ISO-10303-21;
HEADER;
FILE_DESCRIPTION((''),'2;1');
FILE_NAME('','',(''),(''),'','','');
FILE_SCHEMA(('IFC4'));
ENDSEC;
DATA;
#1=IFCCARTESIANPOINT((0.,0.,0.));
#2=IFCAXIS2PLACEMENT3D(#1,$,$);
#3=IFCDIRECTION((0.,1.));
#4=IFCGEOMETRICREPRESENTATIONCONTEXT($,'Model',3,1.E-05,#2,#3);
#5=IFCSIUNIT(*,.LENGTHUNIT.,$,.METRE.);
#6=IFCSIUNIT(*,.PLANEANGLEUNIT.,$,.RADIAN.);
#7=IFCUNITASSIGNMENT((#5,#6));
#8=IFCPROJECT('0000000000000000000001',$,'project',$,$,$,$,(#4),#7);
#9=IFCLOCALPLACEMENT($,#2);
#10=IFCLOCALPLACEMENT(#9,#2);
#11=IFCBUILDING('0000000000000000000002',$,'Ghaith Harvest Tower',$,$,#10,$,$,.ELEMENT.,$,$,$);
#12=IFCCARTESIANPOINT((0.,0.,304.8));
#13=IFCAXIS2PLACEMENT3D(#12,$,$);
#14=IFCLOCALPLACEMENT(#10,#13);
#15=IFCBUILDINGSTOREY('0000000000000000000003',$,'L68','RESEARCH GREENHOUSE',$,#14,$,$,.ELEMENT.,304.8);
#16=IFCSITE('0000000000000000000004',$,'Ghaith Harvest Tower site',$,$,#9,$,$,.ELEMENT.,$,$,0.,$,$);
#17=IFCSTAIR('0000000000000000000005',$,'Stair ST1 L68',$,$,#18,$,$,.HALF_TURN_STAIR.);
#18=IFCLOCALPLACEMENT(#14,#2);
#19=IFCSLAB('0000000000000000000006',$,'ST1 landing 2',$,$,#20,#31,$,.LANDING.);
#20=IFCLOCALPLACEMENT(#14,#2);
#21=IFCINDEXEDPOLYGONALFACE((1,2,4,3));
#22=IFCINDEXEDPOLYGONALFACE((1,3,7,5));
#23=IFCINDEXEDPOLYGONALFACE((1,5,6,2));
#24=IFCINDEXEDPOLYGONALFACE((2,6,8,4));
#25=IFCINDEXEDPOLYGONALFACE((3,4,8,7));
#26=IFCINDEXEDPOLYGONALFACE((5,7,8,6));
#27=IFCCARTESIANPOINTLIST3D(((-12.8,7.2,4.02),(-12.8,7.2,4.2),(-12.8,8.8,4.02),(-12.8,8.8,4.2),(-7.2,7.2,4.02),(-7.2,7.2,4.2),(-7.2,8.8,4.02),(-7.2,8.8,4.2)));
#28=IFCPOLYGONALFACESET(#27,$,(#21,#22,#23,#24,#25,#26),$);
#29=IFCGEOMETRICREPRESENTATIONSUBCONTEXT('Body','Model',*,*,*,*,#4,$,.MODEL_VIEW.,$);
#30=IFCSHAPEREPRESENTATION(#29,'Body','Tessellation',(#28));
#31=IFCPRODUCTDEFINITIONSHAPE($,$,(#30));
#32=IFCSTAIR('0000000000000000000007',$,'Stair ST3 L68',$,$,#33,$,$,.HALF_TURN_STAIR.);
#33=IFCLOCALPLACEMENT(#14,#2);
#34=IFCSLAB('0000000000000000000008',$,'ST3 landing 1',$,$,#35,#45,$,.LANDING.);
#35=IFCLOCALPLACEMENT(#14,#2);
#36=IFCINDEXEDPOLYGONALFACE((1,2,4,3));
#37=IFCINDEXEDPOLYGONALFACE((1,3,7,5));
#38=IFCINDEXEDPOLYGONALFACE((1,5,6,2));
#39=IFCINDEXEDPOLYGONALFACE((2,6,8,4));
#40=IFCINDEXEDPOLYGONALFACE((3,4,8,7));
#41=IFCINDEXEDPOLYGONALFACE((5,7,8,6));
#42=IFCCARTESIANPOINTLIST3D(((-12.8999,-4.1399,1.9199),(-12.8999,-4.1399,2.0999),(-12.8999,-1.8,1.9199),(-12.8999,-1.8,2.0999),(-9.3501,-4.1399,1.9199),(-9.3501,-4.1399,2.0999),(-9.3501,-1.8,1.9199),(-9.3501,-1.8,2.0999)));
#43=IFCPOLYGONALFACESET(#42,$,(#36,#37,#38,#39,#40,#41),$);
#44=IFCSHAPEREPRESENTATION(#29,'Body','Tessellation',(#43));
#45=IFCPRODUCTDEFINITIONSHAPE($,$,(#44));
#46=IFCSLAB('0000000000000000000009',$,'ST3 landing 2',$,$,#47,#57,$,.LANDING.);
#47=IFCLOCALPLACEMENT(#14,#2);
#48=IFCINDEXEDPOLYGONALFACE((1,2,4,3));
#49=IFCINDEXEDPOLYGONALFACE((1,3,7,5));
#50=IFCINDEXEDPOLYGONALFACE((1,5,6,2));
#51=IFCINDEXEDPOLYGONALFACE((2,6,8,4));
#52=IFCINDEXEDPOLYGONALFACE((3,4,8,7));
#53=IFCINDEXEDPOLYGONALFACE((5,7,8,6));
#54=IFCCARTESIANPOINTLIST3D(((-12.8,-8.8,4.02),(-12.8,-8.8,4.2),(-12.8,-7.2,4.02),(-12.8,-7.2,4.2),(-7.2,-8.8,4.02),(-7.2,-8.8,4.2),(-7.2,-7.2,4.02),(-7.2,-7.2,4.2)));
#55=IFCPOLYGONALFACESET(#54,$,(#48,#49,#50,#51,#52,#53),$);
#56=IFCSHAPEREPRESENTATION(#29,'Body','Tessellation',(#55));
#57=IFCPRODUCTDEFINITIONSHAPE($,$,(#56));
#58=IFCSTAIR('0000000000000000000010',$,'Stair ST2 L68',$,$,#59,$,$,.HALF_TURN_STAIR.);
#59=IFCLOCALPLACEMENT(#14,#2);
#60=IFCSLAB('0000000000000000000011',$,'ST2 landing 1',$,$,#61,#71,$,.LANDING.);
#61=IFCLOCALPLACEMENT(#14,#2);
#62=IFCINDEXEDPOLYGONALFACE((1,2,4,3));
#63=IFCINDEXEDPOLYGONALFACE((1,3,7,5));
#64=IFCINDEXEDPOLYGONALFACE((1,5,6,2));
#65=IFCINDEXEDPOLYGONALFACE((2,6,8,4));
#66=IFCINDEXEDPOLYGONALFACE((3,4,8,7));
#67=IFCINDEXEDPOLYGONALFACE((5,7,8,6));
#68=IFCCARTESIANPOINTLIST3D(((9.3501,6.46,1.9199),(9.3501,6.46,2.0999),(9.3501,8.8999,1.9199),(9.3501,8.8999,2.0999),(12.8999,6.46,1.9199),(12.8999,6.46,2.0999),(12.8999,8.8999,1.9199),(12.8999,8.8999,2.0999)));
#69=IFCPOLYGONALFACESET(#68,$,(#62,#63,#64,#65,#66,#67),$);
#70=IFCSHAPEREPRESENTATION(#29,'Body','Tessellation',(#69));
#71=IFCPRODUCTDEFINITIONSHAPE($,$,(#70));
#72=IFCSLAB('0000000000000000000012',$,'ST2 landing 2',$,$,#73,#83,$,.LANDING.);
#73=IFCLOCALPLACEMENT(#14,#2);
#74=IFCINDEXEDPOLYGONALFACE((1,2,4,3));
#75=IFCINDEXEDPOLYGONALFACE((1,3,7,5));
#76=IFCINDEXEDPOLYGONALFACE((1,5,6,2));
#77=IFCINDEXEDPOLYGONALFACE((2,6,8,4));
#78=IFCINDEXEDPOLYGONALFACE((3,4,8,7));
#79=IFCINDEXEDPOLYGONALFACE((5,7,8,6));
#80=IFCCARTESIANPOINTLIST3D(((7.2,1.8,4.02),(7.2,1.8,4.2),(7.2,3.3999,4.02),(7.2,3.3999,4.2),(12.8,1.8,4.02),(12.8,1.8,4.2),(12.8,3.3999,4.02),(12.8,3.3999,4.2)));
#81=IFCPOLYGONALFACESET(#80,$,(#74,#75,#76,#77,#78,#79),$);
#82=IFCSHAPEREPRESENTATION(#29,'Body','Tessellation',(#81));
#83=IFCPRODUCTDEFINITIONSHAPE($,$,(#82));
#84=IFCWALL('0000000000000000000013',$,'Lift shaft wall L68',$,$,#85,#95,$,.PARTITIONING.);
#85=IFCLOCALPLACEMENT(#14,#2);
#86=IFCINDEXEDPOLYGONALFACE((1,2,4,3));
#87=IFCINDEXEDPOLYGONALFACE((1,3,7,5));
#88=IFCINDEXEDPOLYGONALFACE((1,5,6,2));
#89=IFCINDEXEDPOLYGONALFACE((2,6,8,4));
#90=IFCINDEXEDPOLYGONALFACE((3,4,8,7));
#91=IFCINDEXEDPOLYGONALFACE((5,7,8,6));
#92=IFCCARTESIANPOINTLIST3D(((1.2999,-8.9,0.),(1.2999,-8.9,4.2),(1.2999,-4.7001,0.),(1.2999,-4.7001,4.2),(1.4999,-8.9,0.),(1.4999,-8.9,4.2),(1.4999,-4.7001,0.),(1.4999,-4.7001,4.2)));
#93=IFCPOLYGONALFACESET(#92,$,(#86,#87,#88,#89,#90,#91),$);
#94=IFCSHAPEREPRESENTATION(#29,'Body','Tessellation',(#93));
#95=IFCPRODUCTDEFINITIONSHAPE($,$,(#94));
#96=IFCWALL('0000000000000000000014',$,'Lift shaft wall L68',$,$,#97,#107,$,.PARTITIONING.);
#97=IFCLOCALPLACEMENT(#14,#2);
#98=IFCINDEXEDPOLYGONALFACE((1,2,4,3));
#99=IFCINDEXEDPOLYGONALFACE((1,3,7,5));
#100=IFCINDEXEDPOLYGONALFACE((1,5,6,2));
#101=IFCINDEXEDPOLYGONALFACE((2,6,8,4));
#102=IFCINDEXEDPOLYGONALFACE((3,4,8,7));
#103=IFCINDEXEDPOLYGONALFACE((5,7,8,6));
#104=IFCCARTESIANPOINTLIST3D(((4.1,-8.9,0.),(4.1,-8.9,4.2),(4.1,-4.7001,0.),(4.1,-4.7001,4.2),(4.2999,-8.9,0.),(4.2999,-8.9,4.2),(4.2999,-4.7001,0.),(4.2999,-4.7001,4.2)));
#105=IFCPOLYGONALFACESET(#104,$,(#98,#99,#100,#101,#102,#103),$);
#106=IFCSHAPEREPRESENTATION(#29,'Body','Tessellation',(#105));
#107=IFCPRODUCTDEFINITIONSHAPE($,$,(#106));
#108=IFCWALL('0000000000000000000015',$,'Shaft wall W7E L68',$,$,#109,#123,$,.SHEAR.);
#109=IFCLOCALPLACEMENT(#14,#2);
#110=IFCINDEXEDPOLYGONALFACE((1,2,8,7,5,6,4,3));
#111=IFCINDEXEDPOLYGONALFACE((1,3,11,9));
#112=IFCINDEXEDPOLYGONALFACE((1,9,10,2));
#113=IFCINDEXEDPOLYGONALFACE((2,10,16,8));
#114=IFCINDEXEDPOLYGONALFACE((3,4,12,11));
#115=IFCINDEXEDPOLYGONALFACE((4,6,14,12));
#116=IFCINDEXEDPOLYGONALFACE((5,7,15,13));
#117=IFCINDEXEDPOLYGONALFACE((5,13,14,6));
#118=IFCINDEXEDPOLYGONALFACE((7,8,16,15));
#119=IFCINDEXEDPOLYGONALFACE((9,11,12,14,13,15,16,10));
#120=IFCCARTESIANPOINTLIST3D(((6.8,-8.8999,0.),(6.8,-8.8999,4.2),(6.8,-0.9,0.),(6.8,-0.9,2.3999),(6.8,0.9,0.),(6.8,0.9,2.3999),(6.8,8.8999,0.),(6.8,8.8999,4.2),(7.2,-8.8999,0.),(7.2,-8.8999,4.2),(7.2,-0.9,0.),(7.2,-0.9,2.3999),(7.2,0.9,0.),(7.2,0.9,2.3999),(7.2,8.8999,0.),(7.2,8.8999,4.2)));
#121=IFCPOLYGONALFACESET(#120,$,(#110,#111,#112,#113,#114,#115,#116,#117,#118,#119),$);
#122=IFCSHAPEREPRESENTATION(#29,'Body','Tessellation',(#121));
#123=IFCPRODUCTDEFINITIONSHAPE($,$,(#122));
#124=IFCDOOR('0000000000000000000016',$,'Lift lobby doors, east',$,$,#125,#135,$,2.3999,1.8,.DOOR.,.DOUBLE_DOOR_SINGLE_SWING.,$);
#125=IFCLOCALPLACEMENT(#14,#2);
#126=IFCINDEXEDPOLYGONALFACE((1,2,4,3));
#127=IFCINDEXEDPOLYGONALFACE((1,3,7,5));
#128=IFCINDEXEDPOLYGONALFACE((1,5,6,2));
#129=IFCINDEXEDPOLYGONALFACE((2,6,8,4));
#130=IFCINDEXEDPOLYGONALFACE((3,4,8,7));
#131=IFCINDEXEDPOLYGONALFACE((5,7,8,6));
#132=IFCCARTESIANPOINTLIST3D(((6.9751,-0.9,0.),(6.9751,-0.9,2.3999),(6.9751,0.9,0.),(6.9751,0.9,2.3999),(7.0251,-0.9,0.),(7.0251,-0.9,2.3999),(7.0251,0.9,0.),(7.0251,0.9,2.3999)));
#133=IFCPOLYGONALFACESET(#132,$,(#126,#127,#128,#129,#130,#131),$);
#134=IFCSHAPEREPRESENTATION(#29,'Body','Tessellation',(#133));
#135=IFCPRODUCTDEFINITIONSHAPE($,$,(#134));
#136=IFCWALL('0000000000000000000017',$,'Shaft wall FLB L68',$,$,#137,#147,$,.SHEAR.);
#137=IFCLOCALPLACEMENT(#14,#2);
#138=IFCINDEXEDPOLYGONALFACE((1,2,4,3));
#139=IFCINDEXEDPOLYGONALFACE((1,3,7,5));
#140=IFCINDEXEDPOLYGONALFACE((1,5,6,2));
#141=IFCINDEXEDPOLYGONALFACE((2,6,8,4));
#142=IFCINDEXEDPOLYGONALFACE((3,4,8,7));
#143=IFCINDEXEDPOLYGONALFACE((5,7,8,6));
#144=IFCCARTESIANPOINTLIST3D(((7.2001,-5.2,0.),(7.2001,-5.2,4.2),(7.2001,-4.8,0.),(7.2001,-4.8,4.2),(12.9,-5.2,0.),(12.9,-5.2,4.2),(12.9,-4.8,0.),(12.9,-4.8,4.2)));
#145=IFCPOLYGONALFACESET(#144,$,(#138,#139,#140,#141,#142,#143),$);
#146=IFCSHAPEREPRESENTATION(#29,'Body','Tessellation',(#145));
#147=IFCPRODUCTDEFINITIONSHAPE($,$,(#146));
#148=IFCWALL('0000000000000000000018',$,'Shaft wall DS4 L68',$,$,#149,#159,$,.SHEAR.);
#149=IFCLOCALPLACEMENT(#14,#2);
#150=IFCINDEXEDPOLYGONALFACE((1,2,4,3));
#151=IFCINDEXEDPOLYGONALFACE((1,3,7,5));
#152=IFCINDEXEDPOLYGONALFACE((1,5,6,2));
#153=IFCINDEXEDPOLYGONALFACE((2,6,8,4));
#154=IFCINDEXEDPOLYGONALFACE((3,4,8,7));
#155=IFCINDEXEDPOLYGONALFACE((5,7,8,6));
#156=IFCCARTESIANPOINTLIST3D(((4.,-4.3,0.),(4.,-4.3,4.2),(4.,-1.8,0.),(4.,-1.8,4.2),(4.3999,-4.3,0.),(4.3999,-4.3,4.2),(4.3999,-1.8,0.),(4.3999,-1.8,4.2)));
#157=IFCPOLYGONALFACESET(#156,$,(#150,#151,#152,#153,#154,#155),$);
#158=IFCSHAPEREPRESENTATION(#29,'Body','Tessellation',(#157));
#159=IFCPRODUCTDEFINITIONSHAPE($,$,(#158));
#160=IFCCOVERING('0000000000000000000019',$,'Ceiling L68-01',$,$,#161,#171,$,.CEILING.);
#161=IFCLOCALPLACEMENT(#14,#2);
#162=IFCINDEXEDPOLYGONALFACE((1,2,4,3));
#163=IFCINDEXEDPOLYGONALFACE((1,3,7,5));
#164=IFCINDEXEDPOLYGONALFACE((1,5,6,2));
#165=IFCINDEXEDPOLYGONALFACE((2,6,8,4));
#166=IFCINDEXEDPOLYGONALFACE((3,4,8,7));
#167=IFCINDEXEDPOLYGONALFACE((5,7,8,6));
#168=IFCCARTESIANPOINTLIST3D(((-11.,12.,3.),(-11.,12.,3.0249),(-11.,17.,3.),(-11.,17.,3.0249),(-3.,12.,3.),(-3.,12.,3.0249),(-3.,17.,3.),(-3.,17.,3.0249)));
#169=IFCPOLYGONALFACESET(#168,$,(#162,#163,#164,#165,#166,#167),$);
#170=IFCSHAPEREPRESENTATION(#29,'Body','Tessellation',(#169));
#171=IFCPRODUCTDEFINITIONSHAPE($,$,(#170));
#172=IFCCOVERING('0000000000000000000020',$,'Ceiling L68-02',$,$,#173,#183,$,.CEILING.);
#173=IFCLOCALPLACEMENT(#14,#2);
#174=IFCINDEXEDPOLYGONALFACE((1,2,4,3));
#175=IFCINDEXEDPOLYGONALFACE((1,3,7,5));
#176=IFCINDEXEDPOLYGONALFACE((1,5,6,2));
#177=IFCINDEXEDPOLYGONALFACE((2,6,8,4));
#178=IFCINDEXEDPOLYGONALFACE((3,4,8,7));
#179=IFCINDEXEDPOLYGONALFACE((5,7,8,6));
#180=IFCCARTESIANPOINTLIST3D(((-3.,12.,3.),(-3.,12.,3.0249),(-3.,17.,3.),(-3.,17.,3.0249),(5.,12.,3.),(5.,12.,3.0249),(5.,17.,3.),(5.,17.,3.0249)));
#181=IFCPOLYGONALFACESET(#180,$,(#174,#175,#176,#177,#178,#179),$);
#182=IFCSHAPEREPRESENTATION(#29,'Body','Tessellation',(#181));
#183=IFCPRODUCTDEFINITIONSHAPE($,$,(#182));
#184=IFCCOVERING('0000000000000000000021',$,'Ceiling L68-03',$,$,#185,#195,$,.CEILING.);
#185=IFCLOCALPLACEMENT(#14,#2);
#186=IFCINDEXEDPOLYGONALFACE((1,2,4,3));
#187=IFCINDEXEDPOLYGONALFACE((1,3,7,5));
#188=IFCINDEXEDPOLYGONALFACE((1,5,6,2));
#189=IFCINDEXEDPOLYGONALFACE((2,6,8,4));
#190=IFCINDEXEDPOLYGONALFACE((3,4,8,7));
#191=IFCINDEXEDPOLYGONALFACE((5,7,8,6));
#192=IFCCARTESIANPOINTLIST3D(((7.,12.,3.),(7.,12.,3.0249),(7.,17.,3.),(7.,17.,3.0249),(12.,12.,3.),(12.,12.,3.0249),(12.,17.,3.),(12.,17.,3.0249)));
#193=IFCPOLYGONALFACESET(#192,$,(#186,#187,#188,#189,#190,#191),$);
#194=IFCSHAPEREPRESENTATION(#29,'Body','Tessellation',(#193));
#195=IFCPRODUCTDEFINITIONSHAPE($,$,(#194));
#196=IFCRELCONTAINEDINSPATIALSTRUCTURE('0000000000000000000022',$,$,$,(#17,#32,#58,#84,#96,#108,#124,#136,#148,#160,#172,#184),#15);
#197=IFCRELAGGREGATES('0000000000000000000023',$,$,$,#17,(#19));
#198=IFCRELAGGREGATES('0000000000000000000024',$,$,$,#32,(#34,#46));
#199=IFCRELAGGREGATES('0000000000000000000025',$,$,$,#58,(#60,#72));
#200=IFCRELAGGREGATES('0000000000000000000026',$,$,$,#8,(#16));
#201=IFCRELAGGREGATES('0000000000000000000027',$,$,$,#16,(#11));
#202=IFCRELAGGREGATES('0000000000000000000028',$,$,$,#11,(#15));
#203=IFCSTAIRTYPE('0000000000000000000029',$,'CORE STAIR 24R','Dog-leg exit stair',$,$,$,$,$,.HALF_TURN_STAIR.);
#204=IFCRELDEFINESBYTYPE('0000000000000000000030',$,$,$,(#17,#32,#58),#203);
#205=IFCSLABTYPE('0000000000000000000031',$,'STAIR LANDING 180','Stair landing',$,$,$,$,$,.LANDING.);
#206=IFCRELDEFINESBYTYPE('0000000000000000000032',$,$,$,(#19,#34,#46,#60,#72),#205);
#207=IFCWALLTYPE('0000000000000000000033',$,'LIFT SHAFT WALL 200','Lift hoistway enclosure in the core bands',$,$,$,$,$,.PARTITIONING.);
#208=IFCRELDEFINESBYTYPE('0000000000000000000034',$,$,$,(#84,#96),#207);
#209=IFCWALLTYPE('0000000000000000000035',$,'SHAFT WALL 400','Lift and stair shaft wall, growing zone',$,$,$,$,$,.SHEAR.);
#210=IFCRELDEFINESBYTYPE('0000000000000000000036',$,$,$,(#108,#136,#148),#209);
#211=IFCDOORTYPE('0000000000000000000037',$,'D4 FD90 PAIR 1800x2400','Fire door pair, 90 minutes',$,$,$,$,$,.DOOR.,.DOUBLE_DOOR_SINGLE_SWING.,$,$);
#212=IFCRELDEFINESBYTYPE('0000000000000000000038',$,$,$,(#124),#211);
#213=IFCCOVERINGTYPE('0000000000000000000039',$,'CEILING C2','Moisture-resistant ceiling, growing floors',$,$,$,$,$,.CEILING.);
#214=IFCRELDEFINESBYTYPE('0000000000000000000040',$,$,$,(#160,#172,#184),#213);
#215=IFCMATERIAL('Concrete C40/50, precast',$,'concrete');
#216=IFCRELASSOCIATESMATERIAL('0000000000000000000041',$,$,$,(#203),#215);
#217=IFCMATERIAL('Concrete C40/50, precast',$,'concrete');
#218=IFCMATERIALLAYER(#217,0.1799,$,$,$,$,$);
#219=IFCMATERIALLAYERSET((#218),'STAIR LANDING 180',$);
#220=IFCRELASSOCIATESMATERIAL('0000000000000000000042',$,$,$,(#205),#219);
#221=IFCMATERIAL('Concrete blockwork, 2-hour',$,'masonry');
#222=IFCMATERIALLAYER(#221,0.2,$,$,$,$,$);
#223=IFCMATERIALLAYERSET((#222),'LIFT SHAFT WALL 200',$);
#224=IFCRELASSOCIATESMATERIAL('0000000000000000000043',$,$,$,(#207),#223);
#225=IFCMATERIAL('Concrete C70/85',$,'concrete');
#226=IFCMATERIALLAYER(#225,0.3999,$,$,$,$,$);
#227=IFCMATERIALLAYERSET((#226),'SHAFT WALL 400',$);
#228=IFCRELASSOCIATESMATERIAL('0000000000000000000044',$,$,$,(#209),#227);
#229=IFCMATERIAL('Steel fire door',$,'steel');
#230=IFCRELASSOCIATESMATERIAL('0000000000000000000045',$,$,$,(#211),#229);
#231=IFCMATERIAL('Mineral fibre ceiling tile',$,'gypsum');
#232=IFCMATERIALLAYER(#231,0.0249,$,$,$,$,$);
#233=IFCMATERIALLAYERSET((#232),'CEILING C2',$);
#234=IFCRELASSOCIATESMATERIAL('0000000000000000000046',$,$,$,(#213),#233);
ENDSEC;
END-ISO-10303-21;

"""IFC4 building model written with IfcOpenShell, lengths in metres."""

from ifc_helpers import new_model, si_unit, direction, frame, frame_2d, origin, place, context, subcontext, project, spatial, polyline, rectangle, outline, extrude, material, layer, layer_set, type_object, element, fill, aggregate, save


model = new_model("IFC4")

# Units and contexts
model_context = context("Model", 3, precision=1e-05, world=origin(), true_north=direction((0.0, 1.0)))
body_context = subcontext(model_context, "Body", "Model", "MODEL_VIEW")
ifc_project = project(units=[si_unit("LENGTHUNIT", "METRE"), si_unit("PLANEANGLEUNIT", "RADIAN")], contexts=[model_context])

# Site, building, storey
site_placement = place(None, origin())
site = spatial("IfcSite", under=ifc_project, at=site_placement, Name="Ghaith Harvest Tower site", CompositionType="ELEMENT", RefElevation=0.0)
building_placement = place(site_placement, origin())
building = spatial("IfcBuilding", under=site, at=building_placement, Name="Ghaith Harvest Tower", CompositionType="ELEMENT")
storey_placement = place(building_placement, frame((0.0, 0.0, 304.8)))
storey = spatial("IfcBuildingStorey", under=building, at=storey_placement, Name="L68", Description="RESEARCH GREENHOUSE", CompositionType="ELEMENT", Elevation=304.8)

# Stair, slab
ifc_material_1 = material(Name="Concrete C40/50, precast", Category="concrete")
stair_type = type_object("IfcStairType", Name="CORE STAIR 24R", Description="Dog-leg exit stair", PredefinedType="HALF_TURN_STAIR", material=ifc_material_1)
stair_1_placement = place(storey_placement, origin())
stair_1 = element("IfcStair", 1, at=stair_1_placement, inside=storey, type_object=stair_type, Name="Stair ST1 L68", PredefinedType="HALF_TURN_STAIR")
ifc_material_2 = material(Name="Concrete C40/50, precast", Category="concrete")
ifc_layer_1 = layer(ifc_material_2, 0.1799)
ifc_layer_set_1 = layer_set([ifc_layer_1], Name="STAIR LANDING 180")
slab_type = type_object("IfcSlabType", Name="STAIR LANDING 180", Description="Stair landing", PredefinedType="LANDING", material=ifc_layer_set_1)
slab_1_placement = place(storey_placement, frame((0.0, 0.0, 4.02)))
slab_1 = element("IfcSlab", 2, at=slab_1_placement, type_object=slab_type, Name="ST1 landing 2", PredefinedType="LANDING", context=body_context, shape_type="SweptSolid", body=[
    extrude(outline(polyline([(-12.8, 8.8), (-12.8, 7.2), (-7.2, 7.2), (-7.2, 8.8), (-12.8, 8.8)])), origin(), (0.0, 0.0, 1.0), 0.1799),
])
aggregate(stair_1, [slab_1])

# Stairs, slabs
stair_2_placement = place(storey_placement, origin())
stair_2 = element("IfcStair", 3, at=stair_2_placement, inside=storey, type_object=stair_type, Name="Stair ST3 L68", PredefinedType="HALF_TURN_STAIR")
slab_2_placement = place(storey_placement, frame((0.0, 0.0, 1.9199)))
slab_2 = element("IfcSlab", 4, at=slab_2_placement, type_object=slab_type, Name="ST3 landing 1", PredefinedType="LANDING", context=body_context, shape_type="SweptSolid", body=[
    extrude(outline(polyline([(-12.8999, -4.1399), (-12.8999, -1.8), (-9.3501, -1.8), (-9.3501, -4.1399), (-12.8999, -4.1399)])), origin(), (0.0, 0.0, 1.0), 0.1799),
])
slab_3_placement = place(storey_placement, frame((0.0, 0.0, 4.02)))
slab_3 = element("IfcSlab", 5, at=slab_3_placement, type_object=slab_type, Name="ST3 landing 2", PredefinedType="LANDING", context=body_context, shape_type="SweptSolid", body=[
    extrude(outline(polyline([(-12.8, -8.8), (-12.8, -7.2), (-7.2, -7.2), (-7.2, -8.8), (-12.8, -8.8)])), origin(), (0.0, 0.0, 1.0), 0.1799),
])
aggregate(stair_2, [slab_2, slab_3])
stair_3_placement = place(storey_placement, origin())
stair_3 = element("IfcStair", 6, at=stair_3_placement, inside=storey, type_object=stair_type, Name="Stair ST2 L68", PredefinedType="HALF_TURN_STAIR")
slab_4_placement = place(storey_placement, frame((0.0, 0.0, 1.9199)))
slab_4 = element("IfcSlab", 7, at=slab_4_placement, type_object=slab_type, Name="ST2 landing 1", PredefinedType="LANDING", context=body_context, shape_type="SweptSolid", body=[
    extrude(outline(polyline([(12.8999, 6.46), (12.8999, 8.8999), (9.3501, 8.8999), (9.3501, 6.46), (12.8999, 6.46)])), origin(), (0.0, 0.0, 1.0), 0.1799),
])
slab_5_placement = place(storey_placement, frame((0.0, 0.0, 4.02)))
slab_5 = element("IfcSlab", 8, at=slab_5_placement, type_object=slab_type, Name="ST2 landing 2", PredefinedType="LANDING", context=body_context, shape_type="SweptSolid", body=[
    extrude(outline(polyline([(12.8, 1.8), (12.8, 3.3999), (7.2, 3.3999), (7.2, 1.8), (12.8, 1.8)])), origin(), (0.0, 0.0, 1.0), 0.1799),
])
aggregate(stair_3, [slab_4, slab_5])

# Walls
ifc_material_3 = material(Name="Concrete blockwork, 2-hour", Category="masonry")
ifc_layer_2 = layer(ifc_material_3, 0.2)
ifc_layer_set_2 = layer_set([ifc_layer_2], Name="LIFT SHAFT WALL 200")
wall_type_1 = type_object("IfcWallType", Name="LIFT SHAFT WALL 200", Description="Lift hoistway enclosure in the core bands", PredefinedType="PARTITIONING", material=ifc_layer_set_2)
for number, where, z_axis, x_axis, name in (
    (9, (1.3999, -4.7, 0.0), (0.0, 0.0, 1.0), (0.0, -1.0, 0.0), "Lift shaft wall L68"),
    (10, (4.2, -4.7, 0.0), (0.0, 0.0, 1.0), (0.0, -1.0, 0.0), "Lift shaft wall L68"),
):
    element("IfcWall", number, at=place(storey_placement, frame(where, z_axis=z_axis, x_axis=x_axis)), inside=storey, type_object=wall_type_1, Name=name, PredefinedType="PARTITIONING", context=body_context, shape_type="SweptSolid", body=[
        extrude(rectangle(XDim=4.2, YDim=0.2, at=frame_2d((2.1001, 0.0))), origin(), (0.0, 0.0, 1.0), 4.2),
    ])

# Wall, opening, door
ifc_material_4 = material(Name="Concrete C70/85", Category="concrete")
ifc_layer_3 = layer(ifc_material_4, 0.3999)
ifc_layer_set_3 = layer_set([ifc_layer_3], Name="SHAFT WALL 400")
wall_type_2 = type_object("IfcWallType", Name="SHAFT WALL 400", Description="Lift and stair shaft wall, growing zone", PredefinedType="SHEAR", material=ifc_layer_set_3)
wall_1_placement = place(storey_placement, frame((7.0, -8.8999, 0.0), z_axis=(0.0, 0.0, 1.0), x_axis=(0.0, 1.0, 0.0)))
wall_1 = element("IfcWall", 11, at=wall_1_placement, inside=storey, type_object=wall_type_2, Name="Shaft wall W7E L68", PredefinedType="SHEAR", context=body_context, shape_type="SweptSolid", body=[
    extrude(rectangle(XDim=17.7998, YDim=0.3999, at=frame_2d((8.8999, 0.0))), origin(), (0.0, 0.0, 1.0), 4.2),
])
opening_1_placement = place(wall_1_placement, frame((8.0, 0.0, 0.0)))
opening_1 = element("IfcOpeningElement", 12, at=opening_1_placement, cuts=wall_1, PredefinedType="OPENING", context=body_context, shape_type="SweptSolid", body=[
    extrude(rectangle(XDim=1.8, YDim=2.3999, at=frame_2d((0.8999, 1.2))), frame((0.0, 0.21, 0.0), z_axis=(0.0, -1.0, 0.0), x_axis=(1.0, 0.0, 0.0)), (0.0, 0.0, 1.0), 0.4199),
])
ifc_material_5 = material(Name="Steel fire door", Category="steel")
door_type_1 = type_object("IfcDoorType", Name="D4 FD90 PAIR 1800x2400", Description="Fire door pair, 90 minutes", OperationType="DOUBLE_DOOR_SINGLE_SWING", PredefinedType="DOOR", material=ifc_material_5)
door_1_placement = place(opening_1_placement, origin())
door_1 = element("IfcDoor", 13, at=door_1_placement, inside=storey, type_object=door_type_1, Name="Lift lobby doors, east", OperationType="DOUBLE_DOOR_SINGLE_SWING", OverallHeight=2.3999, OverallWidth=1.8, PredefinedType="DOOR", context=body_context, shape_type="SweptSolid", body=[
    extrude(rectangle(XDim=1.8, YDim=2.3999, at=frame_2d((0.8999, 1.2))), frame((0.0, 0.0249, 0.0), z_axis=(0.0, -1.0, 0.0), x_axis=(1.0, 0.0, 0.0)), (0.0, 0.0, 1.0), 0.05),
])
fill(opening_1, door_1)

# Walls
wall_2_placement = place(storey_placement, frame((7.2, -5.0, 0.0), z_axis=(0.0, 0.0, 1.0), x_axis=(1.0, 0.0, 0.0)))
element("IfcWall", 14, at=wall_2_placement, inside=storey, type_object=wall_type_2, Name="Shaft wall FLB L68", PredefinedType="SHEAR", context=body_context, shape_type="SweptSolid", body=[
    extrude(rectangle(XDim=5.7, YDim=0.3999, at=frame_2d((2.8501, 0.0))), origin(), (0.0, 0.0, 1.0), 4.2),
])
wall_3_placement = place(storey_placement, frame((4.2, -4.3, 0.0), z_axis=(0.0, 0.0, 1.0), x_axis=(0.0, 1.0, 0.0)))
element("IfcWall", 15, at=wall_3_placement, inside=storey, type_object=wall_type_2, Name="Shaft wall DS4 L68", PredefinedType="SHEAR", context=body_context, shape_type="SweptSolid", body=[
    extrude(rectangle(XDim=2.5, YDim=0.3999, at=frame_2d((1.25, 0.0))), origin(), (0.0, 0.0, 1.0), 4.2),
])

# Coverings
ifc_material_6 = material(Name="Mineral fibre ceiling tile", Category="gypsum")
ifc_layer_4 = layer(ifc_material_6, 0.0249)
ifc_layer_set_4 = layer_set([ifc_layer_4], Name="CEILING C2")
covering_type = type_object("IfcCoveringType", Name="CEILING C2", Description="Moisture-resistant ceiling, growing floors", PredefinedType="CEILING", material=ifc_layer_set_4)
covering_1_placement = place(storey_placement, frame((0.0, 0.0, 3.0)))
element("IfcCovering", 16, at=covering_1_placement, inside=storey, type_object=covering_type, Name="Ceiling L68-01", PredefinedType="CEILING", context=body_context, shape_type="SweptSolid", body=[
    extrude(outline(polyline([(-11.0, 12.0), (-3.0, 12.0), (-3.0, 17.0), (-11.0, 17.0), (-11.0, 12.0)])), origin(), (0.0, 0.0, 1.0), 0.0249),
])
covering_2_placement = place(storey_placement, frame((0.0, 0.0, 3.0)))
element("IfcCovering", 17, at=covering_2_placement, inside=storey, type_object=covering_type, Name="Ceiling L68-02", PredefinedType="CEILING", context=body_context, shape_type="SweptSolid", body=[
    extrude(outline(polyline([(-3.0, 12.0), (5.0, 12.0), (5.0, 17.0), (-3.0, 17.0), (-3.0, 12.0)])), origin(), (0.0, 0.0, 1.0), 0.0249),
])
covering_3_placement = place(storey_placement, frame((0.0, 0.0, 3.0)))
element("IfcCovering", 18, at=covering_3_placement, inside=storey, type_object=covering_type, Name="Ceiling L68-03", PredefinedType="CEILING", context=body_context, shape_type="SweptSolid", body=[
    extrude(outline(polyline([(7.0, 12.0), (12.0, 12.0), (12.0, 17.0), (7.0, 17.0), (7.0, 12.0)])), origin(), (0.0, 0.0, 1.0), 0.0249),
])

save(model, "model.ifc")
